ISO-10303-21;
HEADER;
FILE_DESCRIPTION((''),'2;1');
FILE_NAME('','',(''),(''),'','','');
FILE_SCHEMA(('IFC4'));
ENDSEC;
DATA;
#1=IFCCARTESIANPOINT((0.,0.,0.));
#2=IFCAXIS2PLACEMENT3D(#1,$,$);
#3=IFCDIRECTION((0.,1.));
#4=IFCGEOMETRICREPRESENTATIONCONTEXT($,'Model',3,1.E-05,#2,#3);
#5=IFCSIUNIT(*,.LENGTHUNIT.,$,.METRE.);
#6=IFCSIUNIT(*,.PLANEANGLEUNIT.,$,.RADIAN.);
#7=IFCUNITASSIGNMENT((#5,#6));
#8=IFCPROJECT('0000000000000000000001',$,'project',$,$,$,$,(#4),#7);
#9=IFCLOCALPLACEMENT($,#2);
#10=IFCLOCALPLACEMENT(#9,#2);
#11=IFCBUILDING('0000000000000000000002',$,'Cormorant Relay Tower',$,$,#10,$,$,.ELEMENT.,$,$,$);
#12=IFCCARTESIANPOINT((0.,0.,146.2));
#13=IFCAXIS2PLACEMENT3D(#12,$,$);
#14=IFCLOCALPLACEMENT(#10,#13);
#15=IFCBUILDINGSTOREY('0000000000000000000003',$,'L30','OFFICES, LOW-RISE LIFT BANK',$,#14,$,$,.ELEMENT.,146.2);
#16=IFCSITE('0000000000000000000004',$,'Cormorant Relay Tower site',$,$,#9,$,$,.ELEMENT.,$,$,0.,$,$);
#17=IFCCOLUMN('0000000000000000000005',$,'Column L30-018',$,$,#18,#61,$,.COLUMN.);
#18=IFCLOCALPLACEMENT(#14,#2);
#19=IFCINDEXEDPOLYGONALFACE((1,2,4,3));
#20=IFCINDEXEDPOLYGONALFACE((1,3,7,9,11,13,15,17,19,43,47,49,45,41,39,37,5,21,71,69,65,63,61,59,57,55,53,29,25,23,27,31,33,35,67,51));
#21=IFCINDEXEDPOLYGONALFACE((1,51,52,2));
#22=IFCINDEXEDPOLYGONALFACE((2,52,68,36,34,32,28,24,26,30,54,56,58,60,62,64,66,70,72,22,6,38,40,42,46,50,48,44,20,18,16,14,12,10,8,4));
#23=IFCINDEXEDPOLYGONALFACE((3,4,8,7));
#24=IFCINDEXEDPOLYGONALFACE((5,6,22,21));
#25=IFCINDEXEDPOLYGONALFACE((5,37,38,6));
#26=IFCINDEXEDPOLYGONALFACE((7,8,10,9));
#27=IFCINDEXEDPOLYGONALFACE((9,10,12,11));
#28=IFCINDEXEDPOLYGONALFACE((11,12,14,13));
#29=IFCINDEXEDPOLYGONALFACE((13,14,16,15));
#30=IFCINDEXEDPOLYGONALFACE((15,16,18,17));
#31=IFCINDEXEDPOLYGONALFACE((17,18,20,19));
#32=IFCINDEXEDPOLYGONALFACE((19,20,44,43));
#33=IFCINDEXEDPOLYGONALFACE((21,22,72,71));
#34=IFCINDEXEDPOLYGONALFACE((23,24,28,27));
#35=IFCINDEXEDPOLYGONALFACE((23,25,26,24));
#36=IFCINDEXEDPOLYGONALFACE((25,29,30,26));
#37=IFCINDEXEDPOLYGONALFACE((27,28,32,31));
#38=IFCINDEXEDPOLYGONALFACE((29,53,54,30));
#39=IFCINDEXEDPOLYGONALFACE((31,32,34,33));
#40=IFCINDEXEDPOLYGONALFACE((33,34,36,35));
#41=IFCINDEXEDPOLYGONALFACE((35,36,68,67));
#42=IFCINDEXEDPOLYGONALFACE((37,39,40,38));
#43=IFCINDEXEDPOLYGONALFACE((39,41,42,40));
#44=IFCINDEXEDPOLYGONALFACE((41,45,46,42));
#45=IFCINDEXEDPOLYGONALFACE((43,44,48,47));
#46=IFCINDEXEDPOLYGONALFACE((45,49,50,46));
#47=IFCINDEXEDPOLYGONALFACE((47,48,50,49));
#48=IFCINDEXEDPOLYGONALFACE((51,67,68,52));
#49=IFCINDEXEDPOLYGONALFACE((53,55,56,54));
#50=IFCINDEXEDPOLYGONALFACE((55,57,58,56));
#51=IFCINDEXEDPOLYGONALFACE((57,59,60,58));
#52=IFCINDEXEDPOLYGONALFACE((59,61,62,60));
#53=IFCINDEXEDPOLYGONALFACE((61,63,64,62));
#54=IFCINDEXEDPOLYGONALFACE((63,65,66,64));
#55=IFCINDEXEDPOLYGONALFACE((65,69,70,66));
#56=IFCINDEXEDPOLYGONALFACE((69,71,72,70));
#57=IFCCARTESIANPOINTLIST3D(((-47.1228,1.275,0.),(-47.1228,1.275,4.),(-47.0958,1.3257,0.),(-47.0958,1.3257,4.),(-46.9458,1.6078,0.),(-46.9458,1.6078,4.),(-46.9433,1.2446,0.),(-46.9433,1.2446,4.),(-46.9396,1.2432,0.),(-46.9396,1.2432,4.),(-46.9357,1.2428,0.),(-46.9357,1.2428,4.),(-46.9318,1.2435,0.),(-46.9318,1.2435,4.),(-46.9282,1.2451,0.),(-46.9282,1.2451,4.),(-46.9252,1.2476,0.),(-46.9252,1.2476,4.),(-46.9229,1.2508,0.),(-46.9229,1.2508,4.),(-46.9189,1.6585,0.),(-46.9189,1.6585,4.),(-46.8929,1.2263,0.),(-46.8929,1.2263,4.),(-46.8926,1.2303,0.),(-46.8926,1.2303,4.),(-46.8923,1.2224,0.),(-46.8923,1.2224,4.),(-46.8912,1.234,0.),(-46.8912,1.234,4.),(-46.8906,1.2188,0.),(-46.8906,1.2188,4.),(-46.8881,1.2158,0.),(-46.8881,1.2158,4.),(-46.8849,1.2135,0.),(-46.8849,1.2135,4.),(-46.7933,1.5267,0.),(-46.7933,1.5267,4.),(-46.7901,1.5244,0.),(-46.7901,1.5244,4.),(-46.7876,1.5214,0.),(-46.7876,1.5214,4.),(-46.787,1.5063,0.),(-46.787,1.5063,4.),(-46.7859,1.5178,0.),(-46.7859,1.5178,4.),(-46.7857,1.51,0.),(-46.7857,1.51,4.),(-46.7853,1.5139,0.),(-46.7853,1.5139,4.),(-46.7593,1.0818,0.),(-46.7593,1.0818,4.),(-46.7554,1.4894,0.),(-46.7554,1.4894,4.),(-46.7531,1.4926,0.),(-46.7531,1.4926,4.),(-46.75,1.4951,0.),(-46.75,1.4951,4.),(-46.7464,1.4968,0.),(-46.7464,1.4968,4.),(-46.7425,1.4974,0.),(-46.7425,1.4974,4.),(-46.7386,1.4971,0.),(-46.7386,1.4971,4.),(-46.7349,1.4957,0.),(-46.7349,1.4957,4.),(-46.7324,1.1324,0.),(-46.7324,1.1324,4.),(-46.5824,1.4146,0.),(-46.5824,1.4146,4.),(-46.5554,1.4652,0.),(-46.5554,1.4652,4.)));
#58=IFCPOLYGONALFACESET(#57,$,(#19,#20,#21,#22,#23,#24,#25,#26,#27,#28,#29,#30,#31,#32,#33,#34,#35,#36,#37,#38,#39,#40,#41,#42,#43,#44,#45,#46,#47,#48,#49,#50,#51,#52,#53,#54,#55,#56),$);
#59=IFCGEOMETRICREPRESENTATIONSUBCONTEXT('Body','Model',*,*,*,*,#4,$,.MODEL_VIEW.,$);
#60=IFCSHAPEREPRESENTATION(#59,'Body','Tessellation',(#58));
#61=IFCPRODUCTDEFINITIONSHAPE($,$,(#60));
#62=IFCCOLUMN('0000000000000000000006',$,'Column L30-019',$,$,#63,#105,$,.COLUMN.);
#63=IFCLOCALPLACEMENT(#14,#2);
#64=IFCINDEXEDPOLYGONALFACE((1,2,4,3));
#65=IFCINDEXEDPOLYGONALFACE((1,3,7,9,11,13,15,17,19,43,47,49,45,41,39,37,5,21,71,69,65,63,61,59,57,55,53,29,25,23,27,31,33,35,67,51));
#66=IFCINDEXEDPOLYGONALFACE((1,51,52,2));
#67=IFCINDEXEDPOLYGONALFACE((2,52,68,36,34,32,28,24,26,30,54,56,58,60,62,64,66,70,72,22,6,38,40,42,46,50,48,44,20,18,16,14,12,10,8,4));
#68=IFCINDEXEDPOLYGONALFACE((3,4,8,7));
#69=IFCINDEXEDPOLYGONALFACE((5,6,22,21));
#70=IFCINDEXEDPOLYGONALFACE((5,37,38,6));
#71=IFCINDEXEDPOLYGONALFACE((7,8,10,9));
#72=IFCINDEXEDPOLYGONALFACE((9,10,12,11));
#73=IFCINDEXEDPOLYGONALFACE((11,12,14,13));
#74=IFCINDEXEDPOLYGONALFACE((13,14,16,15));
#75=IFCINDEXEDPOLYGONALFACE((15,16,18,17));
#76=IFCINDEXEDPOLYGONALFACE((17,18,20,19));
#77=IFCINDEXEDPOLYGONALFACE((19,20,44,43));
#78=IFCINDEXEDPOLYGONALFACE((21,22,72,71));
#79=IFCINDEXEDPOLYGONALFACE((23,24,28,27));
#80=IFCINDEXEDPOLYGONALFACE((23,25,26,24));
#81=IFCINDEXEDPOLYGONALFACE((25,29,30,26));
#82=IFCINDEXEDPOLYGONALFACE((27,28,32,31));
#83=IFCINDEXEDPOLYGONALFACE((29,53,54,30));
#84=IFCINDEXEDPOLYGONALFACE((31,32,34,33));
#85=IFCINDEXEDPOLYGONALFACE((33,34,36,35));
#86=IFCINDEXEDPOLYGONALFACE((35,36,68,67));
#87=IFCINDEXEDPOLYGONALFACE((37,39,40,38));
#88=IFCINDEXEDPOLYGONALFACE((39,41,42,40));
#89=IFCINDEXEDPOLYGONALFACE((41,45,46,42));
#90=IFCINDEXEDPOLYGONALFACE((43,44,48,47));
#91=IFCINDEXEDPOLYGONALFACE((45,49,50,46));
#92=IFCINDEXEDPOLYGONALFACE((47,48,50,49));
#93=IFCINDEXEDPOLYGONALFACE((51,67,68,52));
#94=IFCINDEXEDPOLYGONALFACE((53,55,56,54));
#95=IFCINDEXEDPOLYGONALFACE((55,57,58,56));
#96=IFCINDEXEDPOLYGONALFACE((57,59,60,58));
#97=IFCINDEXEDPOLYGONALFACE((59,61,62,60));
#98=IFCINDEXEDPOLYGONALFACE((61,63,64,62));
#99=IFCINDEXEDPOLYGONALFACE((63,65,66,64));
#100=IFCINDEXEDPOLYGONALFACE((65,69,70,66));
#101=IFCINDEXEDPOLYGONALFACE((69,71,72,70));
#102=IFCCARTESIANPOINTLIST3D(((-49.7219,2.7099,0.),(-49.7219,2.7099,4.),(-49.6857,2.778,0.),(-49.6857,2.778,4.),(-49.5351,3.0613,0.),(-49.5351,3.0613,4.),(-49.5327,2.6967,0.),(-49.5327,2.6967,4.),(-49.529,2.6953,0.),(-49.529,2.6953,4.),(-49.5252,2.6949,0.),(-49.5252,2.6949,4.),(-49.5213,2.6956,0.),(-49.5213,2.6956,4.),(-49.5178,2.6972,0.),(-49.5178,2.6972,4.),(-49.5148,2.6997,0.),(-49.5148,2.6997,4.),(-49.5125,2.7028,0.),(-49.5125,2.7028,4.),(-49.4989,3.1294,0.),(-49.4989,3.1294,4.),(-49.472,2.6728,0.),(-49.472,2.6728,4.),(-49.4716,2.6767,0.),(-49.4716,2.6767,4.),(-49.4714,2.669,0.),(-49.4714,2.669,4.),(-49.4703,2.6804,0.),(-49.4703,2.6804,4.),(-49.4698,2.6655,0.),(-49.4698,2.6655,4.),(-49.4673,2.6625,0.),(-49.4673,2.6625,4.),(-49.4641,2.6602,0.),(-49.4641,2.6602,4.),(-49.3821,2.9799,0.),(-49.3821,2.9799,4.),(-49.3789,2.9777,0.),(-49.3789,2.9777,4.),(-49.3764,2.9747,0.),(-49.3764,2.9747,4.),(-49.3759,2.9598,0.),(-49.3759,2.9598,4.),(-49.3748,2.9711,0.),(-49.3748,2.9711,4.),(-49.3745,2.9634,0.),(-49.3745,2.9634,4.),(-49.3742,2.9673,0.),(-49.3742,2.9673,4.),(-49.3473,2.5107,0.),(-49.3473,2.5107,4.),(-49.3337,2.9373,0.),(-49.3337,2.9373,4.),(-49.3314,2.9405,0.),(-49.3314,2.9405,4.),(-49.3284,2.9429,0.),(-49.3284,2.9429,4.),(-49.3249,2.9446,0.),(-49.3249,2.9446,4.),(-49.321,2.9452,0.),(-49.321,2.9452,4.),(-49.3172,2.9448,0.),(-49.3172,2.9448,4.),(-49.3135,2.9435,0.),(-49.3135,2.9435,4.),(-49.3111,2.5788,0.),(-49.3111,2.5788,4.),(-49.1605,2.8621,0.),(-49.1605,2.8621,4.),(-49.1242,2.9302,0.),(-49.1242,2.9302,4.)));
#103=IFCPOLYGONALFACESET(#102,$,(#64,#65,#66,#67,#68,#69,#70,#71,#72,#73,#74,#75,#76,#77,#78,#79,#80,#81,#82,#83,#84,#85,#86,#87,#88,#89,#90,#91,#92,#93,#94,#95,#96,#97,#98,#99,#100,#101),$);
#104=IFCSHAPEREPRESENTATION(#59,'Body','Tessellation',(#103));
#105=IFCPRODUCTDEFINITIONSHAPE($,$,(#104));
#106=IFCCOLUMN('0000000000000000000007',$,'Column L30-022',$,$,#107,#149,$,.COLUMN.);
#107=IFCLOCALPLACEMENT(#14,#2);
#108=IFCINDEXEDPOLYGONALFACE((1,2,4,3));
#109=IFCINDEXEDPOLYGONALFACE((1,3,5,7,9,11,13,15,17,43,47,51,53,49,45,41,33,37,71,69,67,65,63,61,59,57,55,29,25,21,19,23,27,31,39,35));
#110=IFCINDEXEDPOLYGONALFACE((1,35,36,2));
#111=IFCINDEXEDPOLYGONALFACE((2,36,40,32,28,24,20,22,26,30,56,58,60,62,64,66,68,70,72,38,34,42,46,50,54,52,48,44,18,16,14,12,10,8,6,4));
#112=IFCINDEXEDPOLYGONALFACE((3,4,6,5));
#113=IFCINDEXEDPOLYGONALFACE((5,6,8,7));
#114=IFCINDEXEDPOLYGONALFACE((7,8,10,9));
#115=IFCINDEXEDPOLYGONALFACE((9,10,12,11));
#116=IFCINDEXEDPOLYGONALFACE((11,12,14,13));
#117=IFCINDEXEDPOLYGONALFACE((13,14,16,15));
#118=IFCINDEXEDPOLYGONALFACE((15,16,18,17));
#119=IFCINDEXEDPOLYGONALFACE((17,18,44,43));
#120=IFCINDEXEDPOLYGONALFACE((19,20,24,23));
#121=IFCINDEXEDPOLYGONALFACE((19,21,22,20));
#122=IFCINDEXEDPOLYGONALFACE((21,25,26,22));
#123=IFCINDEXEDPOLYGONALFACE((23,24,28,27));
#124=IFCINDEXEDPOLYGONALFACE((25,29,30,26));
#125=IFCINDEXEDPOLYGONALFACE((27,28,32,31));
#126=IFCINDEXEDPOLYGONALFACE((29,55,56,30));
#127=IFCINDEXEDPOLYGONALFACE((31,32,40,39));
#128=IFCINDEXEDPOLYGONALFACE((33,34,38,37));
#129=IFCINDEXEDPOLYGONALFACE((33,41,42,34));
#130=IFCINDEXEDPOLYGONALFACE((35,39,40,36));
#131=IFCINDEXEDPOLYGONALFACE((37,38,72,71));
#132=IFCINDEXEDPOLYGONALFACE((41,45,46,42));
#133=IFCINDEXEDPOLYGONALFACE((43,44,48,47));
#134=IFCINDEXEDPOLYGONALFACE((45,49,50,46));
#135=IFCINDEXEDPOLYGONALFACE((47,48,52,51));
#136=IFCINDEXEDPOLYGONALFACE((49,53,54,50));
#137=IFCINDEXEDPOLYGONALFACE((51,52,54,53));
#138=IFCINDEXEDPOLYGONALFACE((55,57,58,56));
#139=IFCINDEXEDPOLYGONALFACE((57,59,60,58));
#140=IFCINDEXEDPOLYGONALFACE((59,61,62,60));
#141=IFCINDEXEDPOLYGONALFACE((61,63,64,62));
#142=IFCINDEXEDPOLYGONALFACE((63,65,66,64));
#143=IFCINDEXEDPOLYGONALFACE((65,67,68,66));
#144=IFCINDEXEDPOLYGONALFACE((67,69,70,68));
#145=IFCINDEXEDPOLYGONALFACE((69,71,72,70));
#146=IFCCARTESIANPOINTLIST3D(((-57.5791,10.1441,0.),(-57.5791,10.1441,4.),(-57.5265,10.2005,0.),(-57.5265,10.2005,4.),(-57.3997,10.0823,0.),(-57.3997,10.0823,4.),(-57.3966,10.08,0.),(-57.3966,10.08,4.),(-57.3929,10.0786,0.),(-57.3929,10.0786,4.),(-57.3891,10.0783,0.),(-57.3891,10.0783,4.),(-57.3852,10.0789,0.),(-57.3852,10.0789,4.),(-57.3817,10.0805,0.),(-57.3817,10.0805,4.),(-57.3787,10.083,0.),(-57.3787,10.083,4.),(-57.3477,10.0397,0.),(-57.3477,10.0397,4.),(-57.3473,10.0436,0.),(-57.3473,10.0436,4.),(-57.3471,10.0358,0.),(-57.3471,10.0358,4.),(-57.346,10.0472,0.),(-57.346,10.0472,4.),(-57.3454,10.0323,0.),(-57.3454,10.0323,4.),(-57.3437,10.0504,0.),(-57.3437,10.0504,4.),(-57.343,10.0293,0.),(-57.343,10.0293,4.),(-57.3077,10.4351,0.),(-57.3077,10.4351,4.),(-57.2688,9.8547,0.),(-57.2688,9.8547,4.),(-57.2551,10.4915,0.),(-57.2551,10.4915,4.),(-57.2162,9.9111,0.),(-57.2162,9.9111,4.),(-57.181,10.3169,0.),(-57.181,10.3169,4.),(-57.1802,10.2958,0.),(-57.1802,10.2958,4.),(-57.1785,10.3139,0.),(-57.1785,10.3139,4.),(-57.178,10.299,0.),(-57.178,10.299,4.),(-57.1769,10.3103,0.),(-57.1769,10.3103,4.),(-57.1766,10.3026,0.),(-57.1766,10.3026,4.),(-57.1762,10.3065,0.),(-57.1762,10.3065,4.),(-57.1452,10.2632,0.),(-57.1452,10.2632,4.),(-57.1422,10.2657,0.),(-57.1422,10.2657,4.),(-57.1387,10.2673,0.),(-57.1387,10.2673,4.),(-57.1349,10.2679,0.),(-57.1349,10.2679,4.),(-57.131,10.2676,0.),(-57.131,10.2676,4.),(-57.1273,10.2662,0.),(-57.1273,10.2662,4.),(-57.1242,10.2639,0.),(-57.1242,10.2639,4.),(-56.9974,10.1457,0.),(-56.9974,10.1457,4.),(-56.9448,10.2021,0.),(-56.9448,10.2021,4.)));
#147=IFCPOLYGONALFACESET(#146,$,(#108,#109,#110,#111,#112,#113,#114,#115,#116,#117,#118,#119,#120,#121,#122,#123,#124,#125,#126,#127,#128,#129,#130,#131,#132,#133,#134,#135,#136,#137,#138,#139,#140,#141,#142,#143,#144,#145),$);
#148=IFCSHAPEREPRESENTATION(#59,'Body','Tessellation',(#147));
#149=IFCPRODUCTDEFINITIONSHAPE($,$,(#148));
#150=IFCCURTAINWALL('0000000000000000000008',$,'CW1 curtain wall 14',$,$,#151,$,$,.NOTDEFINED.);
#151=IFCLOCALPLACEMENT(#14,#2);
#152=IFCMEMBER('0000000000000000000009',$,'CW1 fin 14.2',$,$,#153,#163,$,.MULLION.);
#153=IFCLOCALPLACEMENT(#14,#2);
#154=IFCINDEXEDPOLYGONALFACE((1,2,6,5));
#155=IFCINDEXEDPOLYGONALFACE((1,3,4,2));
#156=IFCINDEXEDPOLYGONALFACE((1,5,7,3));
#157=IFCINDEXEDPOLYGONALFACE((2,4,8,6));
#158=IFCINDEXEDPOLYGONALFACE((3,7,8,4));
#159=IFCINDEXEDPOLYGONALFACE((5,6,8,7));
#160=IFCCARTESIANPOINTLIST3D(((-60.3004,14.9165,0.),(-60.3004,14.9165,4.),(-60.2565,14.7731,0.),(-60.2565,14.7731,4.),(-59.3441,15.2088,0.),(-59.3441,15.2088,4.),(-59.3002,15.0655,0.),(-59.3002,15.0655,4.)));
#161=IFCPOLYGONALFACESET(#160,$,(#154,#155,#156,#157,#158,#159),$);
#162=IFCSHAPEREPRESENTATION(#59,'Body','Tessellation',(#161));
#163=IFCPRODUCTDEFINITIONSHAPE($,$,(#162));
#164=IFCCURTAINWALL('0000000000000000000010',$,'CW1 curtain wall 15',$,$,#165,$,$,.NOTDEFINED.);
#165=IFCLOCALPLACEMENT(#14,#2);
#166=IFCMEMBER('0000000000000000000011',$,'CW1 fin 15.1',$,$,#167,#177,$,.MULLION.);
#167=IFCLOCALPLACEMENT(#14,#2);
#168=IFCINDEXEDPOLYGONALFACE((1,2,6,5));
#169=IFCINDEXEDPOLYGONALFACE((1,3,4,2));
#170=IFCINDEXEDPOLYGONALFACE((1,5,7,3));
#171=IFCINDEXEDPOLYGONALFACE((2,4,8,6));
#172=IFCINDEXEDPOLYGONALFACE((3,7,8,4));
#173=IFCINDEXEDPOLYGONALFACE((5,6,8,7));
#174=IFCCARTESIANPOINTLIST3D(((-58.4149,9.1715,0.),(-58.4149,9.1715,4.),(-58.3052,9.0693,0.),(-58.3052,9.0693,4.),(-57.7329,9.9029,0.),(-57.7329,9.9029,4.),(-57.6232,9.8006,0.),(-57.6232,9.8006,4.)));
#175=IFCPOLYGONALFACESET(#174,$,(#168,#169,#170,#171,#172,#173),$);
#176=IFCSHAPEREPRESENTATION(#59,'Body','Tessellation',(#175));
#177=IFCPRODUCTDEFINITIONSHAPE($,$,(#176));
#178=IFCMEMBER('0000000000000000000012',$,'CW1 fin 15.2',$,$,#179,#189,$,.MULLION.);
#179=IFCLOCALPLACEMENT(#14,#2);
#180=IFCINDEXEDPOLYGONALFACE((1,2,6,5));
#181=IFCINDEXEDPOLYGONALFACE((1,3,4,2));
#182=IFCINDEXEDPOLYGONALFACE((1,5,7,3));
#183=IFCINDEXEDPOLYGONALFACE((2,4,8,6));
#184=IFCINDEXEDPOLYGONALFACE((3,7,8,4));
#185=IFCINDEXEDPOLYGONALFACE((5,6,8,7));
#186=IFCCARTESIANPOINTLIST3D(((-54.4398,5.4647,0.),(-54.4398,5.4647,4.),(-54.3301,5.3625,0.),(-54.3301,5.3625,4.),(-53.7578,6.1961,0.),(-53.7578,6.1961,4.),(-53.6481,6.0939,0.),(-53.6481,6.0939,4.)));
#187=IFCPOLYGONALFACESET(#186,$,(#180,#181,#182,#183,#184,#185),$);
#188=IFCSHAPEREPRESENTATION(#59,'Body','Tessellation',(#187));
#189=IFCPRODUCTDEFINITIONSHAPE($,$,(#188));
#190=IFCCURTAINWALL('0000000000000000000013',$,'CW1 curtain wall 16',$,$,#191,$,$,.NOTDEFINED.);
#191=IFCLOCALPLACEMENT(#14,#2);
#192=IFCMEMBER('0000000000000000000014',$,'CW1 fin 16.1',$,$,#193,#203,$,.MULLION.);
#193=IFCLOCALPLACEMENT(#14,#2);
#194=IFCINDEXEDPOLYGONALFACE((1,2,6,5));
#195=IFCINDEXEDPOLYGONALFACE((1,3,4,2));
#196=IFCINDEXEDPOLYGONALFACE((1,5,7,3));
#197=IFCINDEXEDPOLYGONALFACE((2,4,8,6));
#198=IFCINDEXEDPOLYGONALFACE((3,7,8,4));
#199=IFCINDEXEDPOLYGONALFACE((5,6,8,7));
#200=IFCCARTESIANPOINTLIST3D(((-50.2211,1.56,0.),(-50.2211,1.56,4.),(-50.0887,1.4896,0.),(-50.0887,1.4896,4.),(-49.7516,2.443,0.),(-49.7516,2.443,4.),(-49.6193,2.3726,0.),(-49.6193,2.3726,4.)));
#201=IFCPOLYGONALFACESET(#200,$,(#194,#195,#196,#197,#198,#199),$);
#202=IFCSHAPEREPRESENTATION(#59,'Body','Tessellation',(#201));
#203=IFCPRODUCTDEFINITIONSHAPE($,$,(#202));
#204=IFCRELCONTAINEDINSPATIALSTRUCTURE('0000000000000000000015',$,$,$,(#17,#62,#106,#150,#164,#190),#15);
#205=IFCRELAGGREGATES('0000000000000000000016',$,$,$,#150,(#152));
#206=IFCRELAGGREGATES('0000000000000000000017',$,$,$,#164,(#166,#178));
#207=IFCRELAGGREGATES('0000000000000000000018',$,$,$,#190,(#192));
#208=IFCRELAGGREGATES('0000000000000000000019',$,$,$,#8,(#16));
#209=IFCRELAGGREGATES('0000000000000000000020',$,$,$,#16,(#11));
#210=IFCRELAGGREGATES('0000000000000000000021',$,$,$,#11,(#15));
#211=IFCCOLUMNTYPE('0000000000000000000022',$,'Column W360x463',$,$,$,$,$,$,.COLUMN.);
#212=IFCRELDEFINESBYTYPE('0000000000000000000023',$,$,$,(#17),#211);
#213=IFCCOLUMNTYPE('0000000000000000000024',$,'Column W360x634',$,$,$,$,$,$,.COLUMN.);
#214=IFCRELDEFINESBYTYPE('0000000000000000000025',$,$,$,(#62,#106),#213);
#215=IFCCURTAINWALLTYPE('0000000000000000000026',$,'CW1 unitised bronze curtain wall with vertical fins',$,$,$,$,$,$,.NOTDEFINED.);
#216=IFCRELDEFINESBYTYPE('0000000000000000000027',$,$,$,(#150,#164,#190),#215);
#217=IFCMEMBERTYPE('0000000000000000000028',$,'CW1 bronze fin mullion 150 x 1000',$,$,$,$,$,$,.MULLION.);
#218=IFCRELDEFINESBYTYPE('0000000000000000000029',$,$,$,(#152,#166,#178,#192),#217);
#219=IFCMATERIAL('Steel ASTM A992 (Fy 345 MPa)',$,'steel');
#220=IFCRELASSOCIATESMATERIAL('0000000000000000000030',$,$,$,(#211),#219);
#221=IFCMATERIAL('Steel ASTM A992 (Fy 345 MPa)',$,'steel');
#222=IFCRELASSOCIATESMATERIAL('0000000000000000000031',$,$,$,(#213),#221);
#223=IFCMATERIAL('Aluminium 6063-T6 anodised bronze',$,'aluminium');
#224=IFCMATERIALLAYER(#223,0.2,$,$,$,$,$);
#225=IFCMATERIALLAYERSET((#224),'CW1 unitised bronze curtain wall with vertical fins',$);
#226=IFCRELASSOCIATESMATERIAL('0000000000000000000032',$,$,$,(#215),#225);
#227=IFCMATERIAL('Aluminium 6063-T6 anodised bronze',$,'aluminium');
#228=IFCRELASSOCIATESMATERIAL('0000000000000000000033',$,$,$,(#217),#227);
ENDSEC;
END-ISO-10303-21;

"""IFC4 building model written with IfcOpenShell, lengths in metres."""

from ifc_helpers import new_model, si_unit, direction, frame, origin, origin_2d, place, context, subcontext, project, spatial, rectangle, i_section, extrude, material, layer, layer_set, material_profile, profile_set, type_object, element, aggregate, save


model = new_model("IFC4")

# Units and contexts
model_context = context("Model", 3, precision=1e-05, world=origin(), true_north=direction((0.0, 1.0)))
body_context = subcontext(model_context, "Body", "Model", "MODEL_VIEW")
ifc_project = project(units=[si_unit("LENGTHUNIT", "METRE"), si_unit("PLANEANGLEUNIT", "RADIAN")], contexts=[model_context])

# Site, building, storey
site_placement = place(None, origin())
site = spatial("IfcSite", under=ifc_project, at=site_placement, Name="Cormorant Relay Tower site", CompositionType="ELEMENT", RefElevation=0.0)
building_placement = place(site_placement, origin())
building = spatial("IfcBuilding", under=site, at=building_placement, Name="Cormorant Relay Tower", CompositionType="ELEMENT")
storey_placement = place(building_placement, frame((0.0, 0.0, 146.2)))
storey = spatial("IfcBuildingStorey", under=building, at=storey_placement, Name="L30", Description="OFFICES, LOW-RISE LIFT BANK", CompositionType="ELEMENT", Elevation=146.2)

# Columns
ifc_material_1 = material(Name="Steel ASTM A992 (Fy 345 MPa)", Category="steel")
ifc_material_profile_1 = material_profile(ifc_material_1, i_section(OverallWidth=0.4116, OverallDepth=0.4343, WebThickness=0.0359, FlangeThickness=0.0574, FilletRadius=0.0151, at=origin_2d()), Name="W360x463")
ifc_profile_set_1 = profile_set([ifc_material_profile_1], Name="Steel ASTM A992 (Fy 345 MPa)")
column_type_1 = type_object("IfcColumnType", Name="Column W360x463", PredefinedType="COLUMN", material=ifc_profile_set_1)
column_placement = place(storey_placement, frame((-46.8391, 1.3701, 0.0), z_axis=(0.0, 0.0, 1.0), x_axis=(0.882948, -0.469472, 0.0)))
element("IfcColumn", 1, at=column_placement, inside=storey, type_object=column_type_1, Name="Column L30-018", PredefinedType="COLUMN", context=body_context, shape_type="SweptSolid", body=[
    extrude(i_section(OverallWidth=0.4116, OverallDepth=0.4343, WebThickness=0.0359, FlangeThickness=0.0574, FilletRadius=0.0151, at=origin_2d()), origin(), (0.0, 0.0, 1.0), 4.0),
])
ifc_material_2 = material(Name="Steel ASTM A992 (Fy 345 MPa)", Category="steel")
ifc_material_profile_2 = material_profile(ifc_material_2, i_section(OverallWidth=0.4243, OverallDepth=0.4751, WebThickness=0.0479, FlangeThickness=0.0771, FilletRadius=0.0149, at=origin_2d()), Name="W360x634")
ifc_profile_set_2 = profile_set([ifc_material_profile_2], Name="Steel ASTM A992 (Fy 345 MPa)")
column_type_2 = type_object("IfcColumnType", Name="Column W360x634", PredefinedType="COLUMN", material=ifc_profile_set_2)
for number, where, z_axis, x_axis, name in (
    (2, (-49.4231, 2.8201, 0.0), (0.0, 0.0, 1.0), (0.882948, -0.469472, 0.0), "Column L30-019"),
    (3, (-57.262, 10.1731, 0.0), (0.0, 0.0, 1.0), (0.731354, -0.681998, 0.0), "Column L30-022"),
):
    element("IfcColumn", number, at=place(storey_placement, frame(where, z_axis=z_axis, x_axis=x_axis)), inside=storey, type_object=column_type_2, Name=name, PredefinedType="COLUMN", context=body_context, shape_type="SweptSolid", body=[
        extrude(i_section(OverallWidth=0.4243, OverallDepth=0.4751, WebThickness=0.0479, FlangeThickness=0.0771, FilletRadius=0.0149, at=origin_2d()), origin(), (0.0, 0.0, 1.0), 4.0),
    ])

# Curtain wall, member
ifc_material_3 = material(Name="Aluminium 6063-T6 anodised bronze", Category="aluminium")
ifc_layer_1 = layer(ifc_material_3, 0.2)
ifc_layer_set_1 = layer_set([ifc_layer_1], Name="CW1 unitised bronze curtain wall with vertical fins")
curtain_wall_type = type_object("IfcCurtainWallType", Name="CW1 unitised bronze curtain wall with vertical fins", PredefinedType="NOTDEFINED", material=ifc_layer_set_1)
curtain_wall_1_placement = place(storey_placement, origin())
curtain_wall_1 = element("IfcCurtainWall", 4, at=curtain_wall_1_placement, inside=storey, type_object=curtain_wall_type, Name="CW1 curtain wall 14", PredefinedType="NOTDEFINED")
ifc_material_4 = material(Name="Aluminium 6063-T6 anodised bronze", Category="aluminium")
ifc_material_profile_3 = material_profile(ifc_material_4, rectangle(XDim=0.1499, YDim=1.0, at=origin_2d()), Name="AL 150x1000")
ifc_profile_set_3 = profile_set([ifc_material_profile_3], Name="Aluminium 6063-T6 anodised bronze")
member_type_1 = type_object("IfcMemberType", Name="CW1 bronze fin mullion 150 x 1000", PredefinedType="MULLION", material=ifc_profile_set_3)
member_1_placement = place(storey_placement, frame((-59.8003, 14.991, 0.0), z_axis=(0.0, 0.0, 1.0), x_axis=(0.292372, -0.956305, 0.0)))
member_1 = element("IfcMember", 5, at=member_1_placement, type_object=member_type_1, Name="CW1 fin 14.2", PredefinedType="MULLION", context=body_context, shape_type="SweptSolid", body=[
    extrude(rectangle(XDim=0.1499, YDim=1.0, at=origin_2d()), origin(), (0.0, 0.0, 1.0), 4.0),
])

# Curtain wall, members
curtain_wall_2_placement = place(storey_placement, origin())
curtain_wall_2 = element("IfcCurtainWall", 6, at=curtain_wall_2_placement, inside=storey, type_object=curtain_wall_type, Name="CW1 curtain wall 15", PredefinedType="NOTDEFINED")
member_2_placement = place(storey_placement, frame((-58.019, 9.4861, 0.0), z_axis=(0.0, 0.0, 1.0), x_axis=(0.731354, -0.681998, 0.0)))
member_2 = element("IfcMember", 7, at=member_2_placement, type_object=member_type_1, Name="CW1 fin 15.1", PredefinedType="MULLION", context=body_context, shape_type="SweptSolid", body=[
    extrude(rectangle(XDim=0.1499, YDim=1.0, at=origin_2d()), origin(), (0.0, 0.0, 1.0), 4.0),
])
member_3_placement = place(storey_placement, frame((-54.0439, 5.7793, 0.0), z_axis=(0.0, 0.0, 1.0), x_axis=(0.731354, -0.681998, 0.0)))
member_3 = element("IfcMember", 8, at=member_3_placement, type_object=member_type_1, Name="CW1 fin 15.2", PredefinedType="MULLION", context=body_context, shape_type="SweptSolid", body=[
    extrude(rectangle(XDim=0.1499, YDim=1.0, at=origin_2d()), origin(), (0.0, 0.0, 1.0), 4.0),
])

# Curtain wall, member
curtain_wall_3_placement = place(storey_placement, origin())
curtain_wall_3 = element("IfcCurtainWall", 9, at=curtain_wall_3_placement, inside=storey, type_object=curtain_wall_type, Name="CW1 curtain wall 16", PredefinedType="NOTDEFINED")
member_4_placement = place(storey_placement, frame((-49.9202, 1.9663, 0.0), z_axis=(0.0, 0.0, 1.0), x_axis=(0.882948, -0.469472, 0.0)))
member_4 = element("IfcMember", 10, at=member_4_placement, type_object=member_type_1, Name="CW1 fin 16.1", PredefinedType="MULLION", context=body_context, shape_type="SweptSolid", body=[
    extrude(rectangle(XDim=0.1499, YDim=1.0, at=origin_2d()), origin(), (0.0, 0.0, 1.0), 4.0),
])

aggregate(curtain_wall_1, [member_1])
aggregate(curtain_wall_2, [member_2, member_3])
aggregate(curtain_wall_3, [member_4])

save(model, "model.ifc")
